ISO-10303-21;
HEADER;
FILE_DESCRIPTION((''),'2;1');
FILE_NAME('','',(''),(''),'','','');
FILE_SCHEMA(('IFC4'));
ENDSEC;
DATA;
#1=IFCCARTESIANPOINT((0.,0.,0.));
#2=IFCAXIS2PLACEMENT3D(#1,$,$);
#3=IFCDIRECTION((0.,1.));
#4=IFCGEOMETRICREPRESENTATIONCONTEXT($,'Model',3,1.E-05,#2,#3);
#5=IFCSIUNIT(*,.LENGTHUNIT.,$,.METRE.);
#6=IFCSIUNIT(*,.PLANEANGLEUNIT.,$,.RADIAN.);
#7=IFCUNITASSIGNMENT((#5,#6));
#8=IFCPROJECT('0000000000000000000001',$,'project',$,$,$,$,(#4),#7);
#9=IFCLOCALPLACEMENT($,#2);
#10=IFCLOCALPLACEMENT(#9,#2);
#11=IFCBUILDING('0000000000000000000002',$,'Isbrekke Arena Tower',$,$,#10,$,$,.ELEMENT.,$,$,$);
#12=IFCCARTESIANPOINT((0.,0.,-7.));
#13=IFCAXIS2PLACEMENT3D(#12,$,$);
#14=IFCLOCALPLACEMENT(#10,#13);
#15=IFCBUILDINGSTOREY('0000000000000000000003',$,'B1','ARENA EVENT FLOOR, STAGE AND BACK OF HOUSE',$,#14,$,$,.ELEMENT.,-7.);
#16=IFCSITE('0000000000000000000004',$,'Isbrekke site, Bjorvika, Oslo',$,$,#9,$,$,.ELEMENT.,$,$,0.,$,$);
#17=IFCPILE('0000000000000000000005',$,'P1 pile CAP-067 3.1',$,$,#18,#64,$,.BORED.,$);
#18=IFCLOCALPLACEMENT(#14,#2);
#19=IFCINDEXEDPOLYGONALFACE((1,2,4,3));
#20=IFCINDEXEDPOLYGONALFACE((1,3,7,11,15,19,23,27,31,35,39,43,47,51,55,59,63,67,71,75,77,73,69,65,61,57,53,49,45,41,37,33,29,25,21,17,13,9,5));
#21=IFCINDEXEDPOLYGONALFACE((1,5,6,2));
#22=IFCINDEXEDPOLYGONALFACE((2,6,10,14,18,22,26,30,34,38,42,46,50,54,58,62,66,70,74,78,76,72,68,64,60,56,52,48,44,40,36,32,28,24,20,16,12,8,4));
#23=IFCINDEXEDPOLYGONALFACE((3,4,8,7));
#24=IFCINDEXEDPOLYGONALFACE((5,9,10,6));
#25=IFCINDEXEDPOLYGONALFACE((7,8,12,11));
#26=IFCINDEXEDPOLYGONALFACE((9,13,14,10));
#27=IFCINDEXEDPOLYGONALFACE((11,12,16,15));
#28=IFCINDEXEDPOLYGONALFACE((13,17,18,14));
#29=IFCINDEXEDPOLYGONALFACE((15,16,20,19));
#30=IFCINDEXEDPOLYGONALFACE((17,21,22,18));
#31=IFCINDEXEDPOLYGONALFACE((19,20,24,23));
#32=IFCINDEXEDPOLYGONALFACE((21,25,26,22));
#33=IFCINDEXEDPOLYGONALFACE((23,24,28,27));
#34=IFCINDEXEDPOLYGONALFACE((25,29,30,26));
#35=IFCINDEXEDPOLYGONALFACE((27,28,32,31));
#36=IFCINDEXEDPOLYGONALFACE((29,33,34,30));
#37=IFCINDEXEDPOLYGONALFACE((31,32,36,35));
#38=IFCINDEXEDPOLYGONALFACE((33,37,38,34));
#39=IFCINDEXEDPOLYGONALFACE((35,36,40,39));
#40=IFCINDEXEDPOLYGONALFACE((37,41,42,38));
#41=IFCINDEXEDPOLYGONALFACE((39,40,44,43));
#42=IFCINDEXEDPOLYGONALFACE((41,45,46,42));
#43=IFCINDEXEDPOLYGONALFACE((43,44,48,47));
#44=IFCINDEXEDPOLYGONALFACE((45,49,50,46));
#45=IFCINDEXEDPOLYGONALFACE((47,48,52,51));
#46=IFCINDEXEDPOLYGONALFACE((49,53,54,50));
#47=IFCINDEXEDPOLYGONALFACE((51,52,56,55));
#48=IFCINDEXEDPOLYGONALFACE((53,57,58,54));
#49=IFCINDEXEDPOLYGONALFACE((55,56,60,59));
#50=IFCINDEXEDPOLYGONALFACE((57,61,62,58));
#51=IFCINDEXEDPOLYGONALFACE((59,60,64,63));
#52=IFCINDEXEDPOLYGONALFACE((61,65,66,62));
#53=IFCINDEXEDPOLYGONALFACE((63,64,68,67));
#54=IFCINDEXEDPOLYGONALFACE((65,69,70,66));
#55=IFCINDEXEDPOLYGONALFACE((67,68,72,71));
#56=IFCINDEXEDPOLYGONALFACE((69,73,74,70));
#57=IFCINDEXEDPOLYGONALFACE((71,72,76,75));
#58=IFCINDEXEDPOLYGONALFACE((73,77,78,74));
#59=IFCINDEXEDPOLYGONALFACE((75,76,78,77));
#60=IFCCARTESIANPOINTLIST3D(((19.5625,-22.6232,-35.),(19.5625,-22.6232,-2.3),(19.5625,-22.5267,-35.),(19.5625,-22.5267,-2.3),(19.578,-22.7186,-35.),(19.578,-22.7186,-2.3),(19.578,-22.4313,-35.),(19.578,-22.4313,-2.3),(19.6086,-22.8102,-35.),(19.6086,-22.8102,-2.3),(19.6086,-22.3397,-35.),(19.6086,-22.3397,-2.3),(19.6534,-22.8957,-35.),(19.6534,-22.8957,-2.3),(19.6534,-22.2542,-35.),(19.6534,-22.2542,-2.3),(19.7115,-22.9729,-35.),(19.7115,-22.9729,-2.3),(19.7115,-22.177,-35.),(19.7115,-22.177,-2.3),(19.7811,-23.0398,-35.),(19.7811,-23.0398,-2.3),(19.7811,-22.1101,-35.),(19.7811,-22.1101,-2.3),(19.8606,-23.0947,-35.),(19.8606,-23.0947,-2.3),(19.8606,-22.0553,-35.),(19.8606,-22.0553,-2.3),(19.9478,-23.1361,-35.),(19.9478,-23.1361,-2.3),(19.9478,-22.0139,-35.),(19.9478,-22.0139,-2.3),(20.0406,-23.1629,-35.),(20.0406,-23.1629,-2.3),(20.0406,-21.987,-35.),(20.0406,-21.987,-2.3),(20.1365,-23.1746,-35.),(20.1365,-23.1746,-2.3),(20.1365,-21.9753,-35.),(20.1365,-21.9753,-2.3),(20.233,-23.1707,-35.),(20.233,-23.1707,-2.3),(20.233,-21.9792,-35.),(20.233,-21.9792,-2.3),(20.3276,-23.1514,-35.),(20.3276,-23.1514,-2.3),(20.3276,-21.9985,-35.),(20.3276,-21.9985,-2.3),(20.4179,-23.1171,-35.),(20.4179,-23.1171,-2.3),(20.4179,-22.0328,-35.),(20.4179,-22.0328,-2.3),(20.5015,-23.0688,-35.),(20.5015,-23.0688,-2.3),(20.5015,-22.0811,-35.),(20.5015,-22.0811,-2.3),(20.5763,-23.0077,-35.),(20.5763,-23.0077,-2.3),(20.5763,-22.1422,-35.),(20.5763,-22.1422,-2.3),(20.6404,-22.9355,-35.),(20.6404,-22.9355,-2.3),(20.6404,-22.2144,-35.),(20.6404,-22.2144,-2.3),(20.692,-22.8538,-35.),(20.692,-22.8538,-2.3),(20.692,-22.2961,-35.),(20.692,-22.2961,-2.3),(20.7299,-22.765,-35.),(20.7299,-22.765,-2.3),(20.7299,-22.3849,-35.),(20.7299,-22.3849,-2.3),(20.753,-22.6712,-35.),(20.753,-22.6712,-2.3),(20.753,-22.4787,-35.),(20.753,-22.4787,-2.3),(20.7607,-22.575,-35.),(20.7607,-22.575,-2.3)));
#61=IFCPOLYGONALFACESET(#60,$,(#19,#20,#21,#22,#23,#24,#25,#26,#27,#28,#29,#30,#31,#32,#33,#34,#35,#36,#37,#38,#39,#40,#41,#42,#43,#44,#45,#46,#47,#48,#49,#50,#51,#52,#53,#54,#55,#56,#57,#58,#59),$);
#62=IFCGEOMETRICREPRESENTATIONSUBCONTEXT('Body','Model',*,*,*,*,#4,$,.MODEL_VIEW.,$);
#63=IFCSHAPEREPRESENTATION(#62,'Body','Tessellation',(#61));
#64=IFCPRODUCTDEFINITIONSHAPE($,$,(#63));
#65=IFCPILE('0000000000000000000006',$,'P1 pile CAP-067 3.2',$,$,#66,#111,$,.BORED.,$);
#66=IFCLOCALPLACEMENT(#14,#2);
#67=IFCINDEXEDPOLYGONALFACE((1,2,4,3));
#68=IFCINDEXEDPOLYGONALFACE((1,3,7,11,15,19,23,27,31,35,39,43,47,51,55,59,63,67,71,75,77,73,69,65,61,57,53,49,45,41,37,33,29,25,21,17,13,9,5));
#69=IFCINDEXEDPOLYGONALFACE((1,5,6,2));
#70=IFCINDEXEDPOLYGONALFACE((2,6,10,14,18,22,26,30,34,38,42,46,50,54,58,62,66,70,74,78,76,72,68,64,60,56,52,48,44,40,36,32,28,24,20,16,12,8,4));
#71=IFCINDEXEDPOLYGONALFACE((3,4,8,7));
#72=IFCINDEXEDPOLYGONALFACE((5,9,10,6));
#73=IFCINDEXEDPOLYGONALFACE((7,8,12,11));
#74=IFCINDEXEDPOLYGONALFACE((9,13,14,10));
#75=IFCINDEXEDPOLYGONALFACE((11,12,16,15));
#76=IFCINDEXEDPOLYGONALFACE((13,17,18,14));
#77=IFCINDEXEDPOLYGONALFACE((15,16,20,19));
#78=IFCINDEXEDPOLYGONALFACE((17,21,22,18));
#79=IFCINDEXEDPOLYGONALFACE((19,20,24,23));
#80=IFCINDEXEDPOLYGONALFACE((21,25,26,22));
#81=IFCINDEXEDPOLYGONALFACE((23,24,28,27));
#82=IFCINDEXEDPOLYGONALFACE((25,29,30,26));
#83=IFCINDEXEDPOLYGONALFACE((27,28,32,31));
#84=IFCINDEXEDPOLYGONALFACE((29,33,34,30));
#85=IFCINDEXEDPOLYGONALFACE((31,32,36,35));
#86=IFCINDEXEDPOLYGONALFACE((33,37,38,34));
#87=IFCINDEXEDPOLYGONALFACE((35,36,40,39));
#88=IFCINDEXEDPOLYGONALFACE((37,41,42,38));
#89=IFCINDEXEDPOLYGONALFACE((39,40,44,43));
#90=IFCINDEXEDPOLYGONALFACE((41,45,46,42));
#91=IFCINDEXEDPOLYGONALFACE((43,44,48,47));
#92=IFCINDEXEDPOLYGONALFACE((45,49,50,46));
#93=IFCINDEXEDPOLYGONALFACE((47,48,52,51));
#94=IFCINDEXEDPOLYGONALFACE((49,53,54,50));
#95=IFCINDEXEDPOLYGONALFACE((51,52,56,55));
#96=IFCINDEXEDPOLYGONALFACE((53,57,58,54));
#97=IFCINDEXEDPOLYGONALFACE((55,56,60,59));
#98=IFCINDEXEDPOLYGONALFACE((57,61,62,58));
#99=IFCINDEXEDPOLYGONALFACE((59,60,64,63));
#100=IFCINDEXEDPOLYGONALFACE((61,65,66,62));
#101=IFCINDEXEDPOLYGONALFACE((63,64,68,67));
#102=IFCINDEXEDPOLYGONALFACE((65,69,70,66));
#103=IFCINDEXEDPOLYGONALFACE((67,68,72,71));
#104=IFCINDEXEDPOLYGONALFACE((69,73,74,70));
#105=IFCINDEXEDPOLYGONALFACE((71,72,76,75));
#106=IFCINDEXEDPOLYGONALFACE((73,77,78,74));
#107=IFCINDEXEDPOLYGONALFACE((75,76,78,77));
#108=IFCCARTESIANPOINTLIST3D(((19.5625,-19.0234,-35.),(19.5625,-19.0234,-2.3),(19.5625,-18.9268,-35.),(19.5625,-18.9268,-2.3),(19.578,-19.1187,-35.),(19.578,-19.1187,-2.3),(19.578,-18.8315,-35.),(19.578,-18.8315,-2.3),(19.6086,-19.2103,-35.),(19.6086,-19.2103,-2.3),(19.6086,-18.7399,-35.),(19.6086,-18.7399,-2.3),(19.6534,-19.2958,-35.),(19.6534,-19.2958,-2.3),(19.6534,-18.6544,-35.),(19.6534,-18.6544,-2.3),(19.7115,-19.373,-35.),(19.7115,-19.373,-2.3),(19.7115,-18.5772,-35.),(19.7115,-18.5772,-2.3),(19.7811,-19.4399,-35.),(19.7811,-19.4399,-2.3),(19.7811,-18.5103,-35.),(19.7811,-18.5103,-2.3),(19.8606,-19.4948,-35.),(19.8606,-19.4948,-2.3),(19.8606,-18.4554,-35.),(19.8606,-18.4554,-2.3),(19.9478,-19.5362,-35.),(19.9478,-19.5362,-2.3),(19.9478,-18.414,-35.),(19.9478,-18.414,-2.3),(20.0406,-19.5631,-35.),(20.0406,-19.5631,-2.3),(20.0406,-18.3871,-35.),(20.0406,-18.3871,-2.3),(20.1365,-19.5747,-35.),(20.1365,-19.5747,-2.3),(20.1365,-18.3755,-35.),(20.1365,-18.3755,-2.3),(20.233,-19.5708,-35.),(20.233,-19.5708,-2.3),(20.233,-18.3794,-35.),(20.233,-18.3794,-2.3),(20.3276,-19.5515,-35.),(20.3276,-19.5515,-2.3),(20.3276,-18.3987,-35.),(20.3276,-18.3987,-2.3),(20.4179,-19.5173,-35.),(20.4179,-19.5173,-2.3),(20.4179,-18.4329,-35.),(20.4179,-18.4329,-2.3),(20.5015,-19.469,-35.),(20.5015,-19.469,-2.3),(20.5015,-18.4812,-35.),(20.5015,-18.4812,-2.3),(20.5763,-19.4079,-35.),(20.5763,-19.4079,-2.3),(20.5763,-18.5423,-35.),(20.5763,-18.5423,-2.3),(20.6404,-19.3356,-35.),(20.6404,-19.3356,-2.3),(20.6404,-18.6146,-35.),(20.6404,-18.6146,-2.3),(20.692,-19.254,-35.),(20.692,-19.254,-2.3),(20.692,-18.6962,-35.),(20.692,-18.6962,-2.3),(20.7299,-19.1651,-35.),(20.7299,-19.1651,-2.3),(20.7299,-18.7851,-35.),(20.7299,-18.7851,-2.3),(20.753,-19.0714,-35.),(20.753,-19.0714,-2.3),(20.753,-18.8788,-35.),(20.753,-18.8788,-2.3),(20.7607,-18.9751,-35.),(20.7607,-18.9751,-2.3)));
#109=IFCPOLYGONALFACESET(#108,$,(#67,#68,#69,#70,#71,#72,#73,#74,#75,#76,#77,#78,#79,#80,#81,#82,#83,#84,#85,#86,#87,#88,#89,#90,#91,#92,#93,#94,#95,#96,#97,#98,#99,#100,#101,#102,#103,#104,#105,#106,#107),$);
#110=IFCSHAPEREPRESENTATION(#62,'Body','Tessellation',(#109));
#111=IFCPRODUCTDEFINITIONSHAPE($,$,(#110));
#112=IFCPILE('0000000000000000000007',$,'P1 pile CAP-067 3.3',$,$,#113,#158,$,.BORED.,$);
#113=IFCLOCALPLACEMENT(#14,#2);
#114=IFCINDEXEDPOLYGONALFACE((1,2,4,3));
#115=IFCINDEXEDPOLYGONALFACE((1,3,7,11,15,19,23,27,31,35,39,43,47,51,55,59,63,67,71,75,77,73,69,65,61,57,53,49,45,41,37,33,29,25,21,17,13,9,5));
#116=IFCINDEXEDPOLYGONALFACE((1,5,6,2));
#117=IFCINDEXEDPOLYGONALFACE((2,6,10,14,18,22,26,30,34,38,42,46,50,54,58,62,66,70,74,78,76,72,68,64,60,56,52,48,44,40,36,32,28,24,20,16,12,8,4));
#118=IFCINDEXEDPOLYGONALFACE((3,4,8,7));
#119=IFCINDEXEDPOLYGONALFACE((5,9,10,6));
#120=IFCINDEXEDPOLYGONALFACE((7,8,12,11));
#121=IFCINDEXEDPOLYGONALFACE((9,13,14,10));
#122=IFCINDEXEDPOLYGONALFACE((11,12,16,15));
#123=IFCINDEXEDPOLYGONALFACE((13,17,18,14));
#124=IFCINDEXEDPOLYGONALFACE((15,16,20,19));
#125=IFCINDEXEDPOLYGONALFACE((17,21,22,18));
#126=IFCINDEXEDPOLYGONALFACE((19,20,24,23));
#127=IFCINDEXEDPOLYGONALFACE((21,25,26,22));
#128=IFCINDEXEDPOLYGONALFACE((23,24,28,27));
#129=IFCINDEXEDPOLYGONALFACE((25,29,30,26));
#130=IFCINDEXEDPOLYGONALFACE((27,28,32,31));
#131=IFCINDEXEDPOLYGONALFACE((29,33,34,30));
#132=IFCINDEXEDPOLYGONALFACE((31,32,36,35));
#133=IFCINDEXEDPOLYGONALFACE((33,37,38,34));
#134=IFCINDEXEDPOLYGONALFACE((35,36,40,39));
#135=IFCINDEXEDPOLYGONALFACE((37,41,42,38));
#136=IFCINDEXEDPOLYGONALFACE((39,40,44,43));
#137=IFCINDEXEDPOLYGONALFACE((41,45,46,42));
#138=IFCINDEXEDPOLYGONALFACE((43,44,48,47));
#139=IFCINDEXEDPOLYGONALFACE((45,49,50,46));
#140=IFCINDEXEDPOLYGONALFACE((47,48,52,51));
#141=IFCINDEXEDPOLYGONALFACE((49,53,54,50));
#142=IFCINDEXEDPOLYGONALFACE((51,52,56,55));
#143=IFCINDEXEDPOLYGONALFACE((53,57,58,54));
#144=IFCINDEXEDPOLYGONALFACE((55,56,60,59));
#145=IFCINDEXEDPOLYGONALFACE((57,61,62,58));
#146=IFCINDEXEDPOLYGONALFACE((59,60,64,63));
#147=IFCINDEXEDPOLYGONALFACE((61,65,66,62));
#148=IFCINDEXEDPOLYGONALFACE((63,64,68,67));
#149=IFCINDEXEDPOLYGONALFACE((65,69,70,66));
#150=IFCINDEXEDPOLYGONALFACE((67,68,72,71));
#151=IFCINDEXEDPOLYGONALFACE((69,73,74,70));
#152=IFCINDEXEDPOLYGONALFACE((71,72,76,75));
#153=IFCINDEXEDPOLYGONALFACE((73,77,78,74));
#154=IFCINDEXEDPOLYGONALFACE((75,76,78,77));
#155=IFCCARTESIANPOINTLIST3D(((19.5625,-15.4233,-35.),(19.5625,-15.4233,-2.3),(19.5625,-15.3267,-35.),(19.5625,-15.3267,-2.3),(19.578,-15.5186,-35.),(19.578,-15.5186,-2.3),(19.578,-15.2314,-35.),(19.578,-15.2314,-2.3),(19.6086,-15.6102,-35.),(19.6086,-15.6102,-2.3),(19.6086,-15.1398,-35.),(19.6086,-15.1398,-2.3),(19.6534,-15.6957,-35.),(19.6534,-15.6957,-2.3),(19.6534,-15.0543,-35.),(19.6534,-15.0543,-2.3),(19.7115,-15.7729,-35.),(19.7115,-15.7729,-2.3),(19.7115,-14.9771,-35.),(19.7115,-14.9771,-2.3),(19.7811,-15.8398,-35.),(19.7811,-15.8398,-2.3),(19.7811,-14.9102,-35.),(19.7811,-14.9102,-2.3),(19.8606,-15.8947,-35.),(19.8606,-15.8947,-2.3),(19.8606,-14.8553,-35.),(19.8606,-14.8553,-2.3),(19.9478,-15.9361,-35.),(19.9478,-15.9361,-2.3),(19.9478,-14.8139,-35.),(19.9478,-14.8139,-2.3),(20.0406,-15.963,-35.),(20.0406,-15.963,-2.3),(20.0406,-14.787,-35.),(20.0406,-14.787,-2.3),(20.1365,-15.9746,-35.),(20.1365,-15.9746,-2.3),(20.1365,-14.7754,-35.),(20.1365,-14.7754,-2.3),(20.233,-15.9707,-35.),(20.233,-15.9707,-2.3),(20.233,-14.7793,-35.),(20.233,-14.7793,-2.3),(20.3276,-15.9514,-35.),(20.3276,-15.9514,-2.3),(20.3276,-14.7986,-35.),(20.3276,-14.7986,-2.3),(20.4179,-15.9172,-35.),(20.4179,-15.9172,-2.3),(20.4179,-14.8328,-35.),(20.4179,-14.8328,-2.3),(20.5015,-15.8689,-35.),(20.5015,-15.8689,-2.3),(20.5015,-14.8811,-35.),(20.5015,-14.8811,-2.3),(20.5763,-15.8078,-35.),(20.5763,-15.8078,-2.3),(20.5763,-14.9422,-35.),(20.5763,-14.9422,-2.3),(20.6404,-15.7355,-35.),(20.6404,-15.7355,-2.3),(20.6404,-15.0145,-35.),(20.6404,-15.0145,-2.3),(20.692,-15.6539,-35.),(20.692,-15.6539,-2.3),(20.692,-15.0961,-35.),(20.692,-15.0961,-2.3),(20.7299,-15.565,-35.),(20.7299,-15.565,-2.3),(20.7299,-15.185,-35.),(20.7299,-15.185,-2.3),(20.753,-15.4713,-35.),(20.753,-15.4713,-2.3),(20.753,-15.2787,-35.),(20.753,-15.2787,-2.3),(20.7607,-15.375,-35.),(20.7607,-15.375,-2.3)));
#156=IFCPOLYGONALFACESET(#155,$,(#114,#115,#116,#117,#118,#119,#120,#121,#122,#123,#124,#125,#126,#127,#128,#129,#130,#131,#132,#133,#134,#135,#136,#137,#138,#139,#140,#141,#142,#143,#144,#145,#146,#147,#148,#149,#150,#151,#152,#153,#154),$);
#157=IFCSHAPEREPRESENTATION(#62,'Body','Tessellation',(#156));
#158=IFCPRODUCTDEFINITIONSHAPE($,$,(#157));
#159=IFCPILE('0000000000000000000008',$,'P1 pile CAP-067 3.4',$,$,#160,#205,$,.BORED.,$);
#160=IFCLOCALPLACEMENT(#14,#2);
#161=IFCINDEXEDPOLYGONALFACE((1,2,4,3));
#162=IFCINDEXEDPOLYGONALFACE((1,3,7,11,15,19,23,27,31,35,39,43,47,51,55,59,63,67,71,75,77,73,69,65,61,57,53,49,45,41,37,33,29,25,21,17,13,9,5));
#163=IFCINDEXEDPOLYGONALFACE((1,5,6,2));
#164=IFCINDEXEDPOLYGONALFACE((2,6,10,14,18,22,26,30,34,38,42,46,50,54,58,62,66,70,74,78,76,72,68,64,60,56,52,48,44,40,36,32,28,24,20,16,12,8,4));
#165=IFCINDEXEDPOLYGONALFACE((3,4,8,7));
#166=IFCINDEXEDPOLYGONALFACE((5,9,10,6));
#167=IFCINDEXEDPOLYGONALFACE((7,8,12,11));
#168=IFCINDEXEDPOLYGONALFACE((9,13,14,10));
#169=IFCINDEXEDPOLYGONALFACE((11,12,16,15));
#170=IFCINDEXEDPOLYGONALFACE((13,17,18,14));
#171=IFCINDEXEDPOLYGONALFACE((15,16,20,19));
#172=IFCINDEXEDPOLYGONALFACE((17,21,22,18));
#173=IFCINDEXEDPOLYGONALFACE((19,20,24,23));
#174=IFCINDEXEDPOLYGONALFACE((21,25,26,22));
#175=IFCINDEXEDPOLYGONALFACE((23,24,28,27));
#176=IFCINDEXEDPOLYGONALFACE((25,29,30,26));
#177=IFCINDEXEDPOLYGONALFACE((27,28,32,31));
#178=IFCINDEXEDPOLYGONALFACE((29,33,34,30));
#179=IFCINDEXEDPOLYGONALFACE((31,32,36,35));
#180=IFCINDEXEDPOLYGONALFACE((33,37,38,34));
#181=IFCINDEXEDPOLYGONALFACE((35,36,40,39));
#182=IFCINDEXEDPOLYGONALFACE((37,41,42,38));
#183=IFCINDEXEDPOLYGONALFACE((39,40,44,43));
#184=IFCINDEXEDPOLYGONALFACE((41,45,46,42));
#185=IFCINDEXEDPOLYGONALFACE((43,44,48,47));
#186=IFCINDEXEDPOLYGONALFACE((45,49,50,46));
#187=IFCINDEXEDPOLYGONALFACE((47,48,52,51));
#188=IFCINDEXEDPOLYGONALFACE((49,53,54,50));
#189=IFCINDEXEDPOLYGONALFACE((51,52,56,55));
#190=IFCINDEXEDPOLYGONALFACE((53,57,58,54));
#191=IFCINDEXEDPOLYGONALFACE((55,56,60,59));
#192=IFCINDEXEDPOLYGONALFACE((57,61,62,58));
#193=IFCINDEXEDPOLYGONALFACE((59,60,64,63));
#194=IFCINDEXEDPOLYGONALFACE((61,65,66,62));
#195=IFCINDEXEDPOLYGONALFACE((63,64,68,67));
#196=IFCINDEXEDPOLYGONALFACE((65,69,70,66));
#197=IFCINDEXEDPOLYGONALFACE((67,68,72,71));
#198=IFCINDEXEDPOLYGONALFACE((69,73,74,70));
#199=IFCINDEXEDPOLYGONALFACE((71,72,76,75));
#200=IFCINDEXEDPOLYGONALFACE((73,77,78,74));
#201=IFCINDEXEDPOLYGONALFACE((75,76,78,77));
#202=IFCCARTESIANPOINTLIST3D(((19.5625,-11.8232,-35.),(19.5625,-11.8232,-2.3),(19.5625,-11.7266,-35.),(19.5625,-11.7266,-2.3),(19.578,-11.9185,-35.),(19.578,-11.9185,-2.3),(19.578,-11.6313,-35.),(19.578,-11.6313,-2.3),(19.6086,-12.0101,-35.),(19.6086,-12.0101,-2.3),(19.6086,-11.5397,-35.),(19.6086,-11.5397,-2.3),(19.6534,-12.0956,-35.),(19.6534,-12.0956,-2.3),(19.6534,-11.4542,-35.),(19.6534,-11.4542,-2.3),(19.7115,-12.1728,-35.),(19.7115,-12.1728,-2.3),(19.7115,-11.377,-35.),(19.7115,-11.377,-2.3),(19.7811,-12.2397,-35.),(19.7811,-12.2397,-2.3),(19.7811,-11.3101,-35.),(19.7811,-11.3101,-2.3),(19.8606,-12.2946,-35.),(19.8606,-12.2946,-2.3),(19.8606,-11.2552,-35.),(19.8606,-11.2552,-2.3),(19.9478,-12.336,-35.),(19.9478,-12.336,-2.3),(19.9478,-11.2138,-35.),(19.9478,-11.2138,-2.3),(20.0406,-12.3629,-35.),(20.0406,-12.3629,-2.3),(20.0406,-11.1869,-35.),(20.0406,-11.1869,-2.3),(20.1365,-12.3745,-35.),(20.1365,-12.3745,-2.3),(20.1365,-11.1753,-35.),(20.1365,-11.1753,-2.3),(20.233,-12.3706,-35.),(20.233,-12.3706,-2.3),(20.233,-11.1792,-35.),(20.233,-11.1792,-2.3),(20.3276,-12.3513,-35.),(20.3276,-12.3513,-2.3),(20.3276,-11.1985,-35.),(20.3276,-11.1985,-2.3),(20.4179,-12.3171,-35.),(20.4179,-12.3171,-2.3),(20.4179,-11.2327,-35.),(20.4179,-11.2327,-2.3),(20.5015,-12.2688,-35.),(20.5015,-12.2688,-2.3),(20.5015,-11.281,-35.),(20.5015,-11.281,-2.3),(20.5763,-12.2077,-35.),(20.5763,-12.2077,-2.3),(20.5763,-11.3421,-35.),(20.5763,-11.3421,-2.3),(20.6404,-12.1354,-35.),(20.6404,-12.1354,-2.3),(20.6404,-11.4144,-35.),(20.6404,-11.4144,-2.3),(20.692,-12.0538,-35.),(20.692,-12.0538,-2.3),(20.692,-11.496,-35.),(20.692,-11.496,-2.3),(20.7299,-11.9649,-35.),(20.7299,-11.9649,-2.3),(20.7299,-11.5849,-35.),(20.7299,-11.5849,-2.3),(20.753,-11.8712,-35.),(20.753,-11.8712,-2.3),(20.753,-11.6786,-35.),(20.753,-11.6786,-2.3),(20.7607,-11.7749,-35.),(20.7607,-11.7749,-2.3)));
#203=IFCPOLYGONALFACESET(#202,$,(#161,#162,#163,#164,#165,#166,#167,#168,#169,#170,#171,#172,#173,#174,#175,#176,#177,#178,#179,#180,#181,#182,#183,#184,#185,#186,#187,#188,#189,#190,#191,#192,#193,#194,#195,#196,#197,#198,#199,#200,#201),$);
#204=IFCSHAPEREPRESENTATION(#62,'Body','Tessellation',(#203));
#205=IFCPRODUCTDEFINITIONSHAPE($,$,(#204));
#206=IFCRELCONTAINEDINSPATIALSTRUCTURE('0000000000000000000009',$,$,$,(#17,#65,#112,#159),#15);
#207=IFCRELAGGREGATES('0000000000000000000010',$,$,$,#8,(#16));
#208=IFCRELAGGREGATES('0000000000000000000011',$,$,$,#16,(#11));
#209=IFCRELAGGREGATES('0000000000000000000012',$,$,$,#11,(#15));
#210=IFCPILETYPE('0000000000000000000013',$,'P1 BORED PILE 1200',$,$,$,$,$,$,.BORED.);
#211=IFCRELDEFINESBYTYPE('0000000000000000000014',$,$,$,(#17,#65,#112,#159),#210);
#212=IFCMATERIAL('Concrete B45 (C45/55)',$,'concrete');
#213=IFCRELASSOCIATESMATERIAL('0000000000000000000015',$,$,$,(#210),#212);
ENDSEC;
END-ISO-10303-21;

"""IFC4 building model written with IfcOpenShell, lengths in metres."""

from ifc_helpers import new_model, si_unit, direction, frame, origin, origin_2d, place, context, subcontext, project, spatial, circle, extrude, material, material_profile, profile_set, type_object, element, save


model = new_model("IFC4")

# Units and contexts
model_context = context("Model", 3, precision=1e-05, world=origin(), true_north=direction((0.0, 1.0)))
body_context = subcontext(model_context, "Body", "Model", "MODEL_VIEW")
ifc_project = project(units=[si_unit("LENGTHUNIT", "METRE"), si_unit("PLANEANGLEUNIT", "RADIAN")], contexts=[model_context])

# Site, building, storey
site_placement = place(None, origin())
site = spatial("IfcSite", under=ifc_project, at=site_placement, Name="Isbrekke site, Bjorvika, Oslo", CompositionType="ELEMENT", RefElevation=0.0)
building_placement = place(site_placement, origin())
building = spatial("IfcBuilding", under=site, at=building_placement, Name="Isbrekke Arena Tower", CompositionType="ELEMENT")
storey_placement = place(building_placement, frame((0.0, 0.0, -7.0)))
storey = spatial("IfcBuildingStorey", under=building, at=storey_placement, Name="B1", Description="ARENA EVENT FLOOR, STAGE AND BACK OF HOUSE", CompositionType="ELEMENT", Elevation=-7.0)

# Piles
ifc_material_1 = material(Name="Concrete B45 (C45/55)", Category="concrete")
ifc_material_profile_1 = material_profile(ifc_material_1, circle(Radius=0.6001, at=origin_2d()), Name="BORED PILE D1200")
ifc_profile_set_1 = profile_set([ifc_material_profile_1], Name="Concrete B45 (C45/55)")
pile_type = type_object("IfcPileType", Name="P1 BORED PILE 1200", PredefinedType="BORED", material=ifc_profile_set_1)
for number, where, z_axis, x_axis, name in (
    (1, (20.1606, -22.575, -2.3), (0.0, 0.0, -1.0), (1.0, 0.0, 0.0), "P1 pile CAP-067 3.1"),
    (2, (20.1606, -18.9751, -2.3), (0.0, 0.0, -1.0), (1.0, 0.0, 0.0), "P1 pile CAP-067 3.2"),
    (3, (20.1606, -15.375, -2.3), (0.0, 0.0, -1.0), (1.0, 0.0, 0.0), "P1 pile CAP-067 3.3"),
    (4, (20.1606, -11.7749, -2.3), (0.0, 0.0, -1.0), (1.0, 0.0, 0.0), "P1 pile CAP-067 3.4"),
):
    element("IfcPile", number, at=place(storey_placement, frame(where, z_axis=z_axis, x_axis=x_axis)), inside=storey, type_object=pile_type, Name=name, PredefinedType="BORED", context=body_context, shape_type="SweptSolid", body=[
        extrude(circle(Radius=0.6001, at=origin_2d()), origin(), (0.0, 0.0, 1.0), 32.7),
    ])

save(model, "model.ifc")
